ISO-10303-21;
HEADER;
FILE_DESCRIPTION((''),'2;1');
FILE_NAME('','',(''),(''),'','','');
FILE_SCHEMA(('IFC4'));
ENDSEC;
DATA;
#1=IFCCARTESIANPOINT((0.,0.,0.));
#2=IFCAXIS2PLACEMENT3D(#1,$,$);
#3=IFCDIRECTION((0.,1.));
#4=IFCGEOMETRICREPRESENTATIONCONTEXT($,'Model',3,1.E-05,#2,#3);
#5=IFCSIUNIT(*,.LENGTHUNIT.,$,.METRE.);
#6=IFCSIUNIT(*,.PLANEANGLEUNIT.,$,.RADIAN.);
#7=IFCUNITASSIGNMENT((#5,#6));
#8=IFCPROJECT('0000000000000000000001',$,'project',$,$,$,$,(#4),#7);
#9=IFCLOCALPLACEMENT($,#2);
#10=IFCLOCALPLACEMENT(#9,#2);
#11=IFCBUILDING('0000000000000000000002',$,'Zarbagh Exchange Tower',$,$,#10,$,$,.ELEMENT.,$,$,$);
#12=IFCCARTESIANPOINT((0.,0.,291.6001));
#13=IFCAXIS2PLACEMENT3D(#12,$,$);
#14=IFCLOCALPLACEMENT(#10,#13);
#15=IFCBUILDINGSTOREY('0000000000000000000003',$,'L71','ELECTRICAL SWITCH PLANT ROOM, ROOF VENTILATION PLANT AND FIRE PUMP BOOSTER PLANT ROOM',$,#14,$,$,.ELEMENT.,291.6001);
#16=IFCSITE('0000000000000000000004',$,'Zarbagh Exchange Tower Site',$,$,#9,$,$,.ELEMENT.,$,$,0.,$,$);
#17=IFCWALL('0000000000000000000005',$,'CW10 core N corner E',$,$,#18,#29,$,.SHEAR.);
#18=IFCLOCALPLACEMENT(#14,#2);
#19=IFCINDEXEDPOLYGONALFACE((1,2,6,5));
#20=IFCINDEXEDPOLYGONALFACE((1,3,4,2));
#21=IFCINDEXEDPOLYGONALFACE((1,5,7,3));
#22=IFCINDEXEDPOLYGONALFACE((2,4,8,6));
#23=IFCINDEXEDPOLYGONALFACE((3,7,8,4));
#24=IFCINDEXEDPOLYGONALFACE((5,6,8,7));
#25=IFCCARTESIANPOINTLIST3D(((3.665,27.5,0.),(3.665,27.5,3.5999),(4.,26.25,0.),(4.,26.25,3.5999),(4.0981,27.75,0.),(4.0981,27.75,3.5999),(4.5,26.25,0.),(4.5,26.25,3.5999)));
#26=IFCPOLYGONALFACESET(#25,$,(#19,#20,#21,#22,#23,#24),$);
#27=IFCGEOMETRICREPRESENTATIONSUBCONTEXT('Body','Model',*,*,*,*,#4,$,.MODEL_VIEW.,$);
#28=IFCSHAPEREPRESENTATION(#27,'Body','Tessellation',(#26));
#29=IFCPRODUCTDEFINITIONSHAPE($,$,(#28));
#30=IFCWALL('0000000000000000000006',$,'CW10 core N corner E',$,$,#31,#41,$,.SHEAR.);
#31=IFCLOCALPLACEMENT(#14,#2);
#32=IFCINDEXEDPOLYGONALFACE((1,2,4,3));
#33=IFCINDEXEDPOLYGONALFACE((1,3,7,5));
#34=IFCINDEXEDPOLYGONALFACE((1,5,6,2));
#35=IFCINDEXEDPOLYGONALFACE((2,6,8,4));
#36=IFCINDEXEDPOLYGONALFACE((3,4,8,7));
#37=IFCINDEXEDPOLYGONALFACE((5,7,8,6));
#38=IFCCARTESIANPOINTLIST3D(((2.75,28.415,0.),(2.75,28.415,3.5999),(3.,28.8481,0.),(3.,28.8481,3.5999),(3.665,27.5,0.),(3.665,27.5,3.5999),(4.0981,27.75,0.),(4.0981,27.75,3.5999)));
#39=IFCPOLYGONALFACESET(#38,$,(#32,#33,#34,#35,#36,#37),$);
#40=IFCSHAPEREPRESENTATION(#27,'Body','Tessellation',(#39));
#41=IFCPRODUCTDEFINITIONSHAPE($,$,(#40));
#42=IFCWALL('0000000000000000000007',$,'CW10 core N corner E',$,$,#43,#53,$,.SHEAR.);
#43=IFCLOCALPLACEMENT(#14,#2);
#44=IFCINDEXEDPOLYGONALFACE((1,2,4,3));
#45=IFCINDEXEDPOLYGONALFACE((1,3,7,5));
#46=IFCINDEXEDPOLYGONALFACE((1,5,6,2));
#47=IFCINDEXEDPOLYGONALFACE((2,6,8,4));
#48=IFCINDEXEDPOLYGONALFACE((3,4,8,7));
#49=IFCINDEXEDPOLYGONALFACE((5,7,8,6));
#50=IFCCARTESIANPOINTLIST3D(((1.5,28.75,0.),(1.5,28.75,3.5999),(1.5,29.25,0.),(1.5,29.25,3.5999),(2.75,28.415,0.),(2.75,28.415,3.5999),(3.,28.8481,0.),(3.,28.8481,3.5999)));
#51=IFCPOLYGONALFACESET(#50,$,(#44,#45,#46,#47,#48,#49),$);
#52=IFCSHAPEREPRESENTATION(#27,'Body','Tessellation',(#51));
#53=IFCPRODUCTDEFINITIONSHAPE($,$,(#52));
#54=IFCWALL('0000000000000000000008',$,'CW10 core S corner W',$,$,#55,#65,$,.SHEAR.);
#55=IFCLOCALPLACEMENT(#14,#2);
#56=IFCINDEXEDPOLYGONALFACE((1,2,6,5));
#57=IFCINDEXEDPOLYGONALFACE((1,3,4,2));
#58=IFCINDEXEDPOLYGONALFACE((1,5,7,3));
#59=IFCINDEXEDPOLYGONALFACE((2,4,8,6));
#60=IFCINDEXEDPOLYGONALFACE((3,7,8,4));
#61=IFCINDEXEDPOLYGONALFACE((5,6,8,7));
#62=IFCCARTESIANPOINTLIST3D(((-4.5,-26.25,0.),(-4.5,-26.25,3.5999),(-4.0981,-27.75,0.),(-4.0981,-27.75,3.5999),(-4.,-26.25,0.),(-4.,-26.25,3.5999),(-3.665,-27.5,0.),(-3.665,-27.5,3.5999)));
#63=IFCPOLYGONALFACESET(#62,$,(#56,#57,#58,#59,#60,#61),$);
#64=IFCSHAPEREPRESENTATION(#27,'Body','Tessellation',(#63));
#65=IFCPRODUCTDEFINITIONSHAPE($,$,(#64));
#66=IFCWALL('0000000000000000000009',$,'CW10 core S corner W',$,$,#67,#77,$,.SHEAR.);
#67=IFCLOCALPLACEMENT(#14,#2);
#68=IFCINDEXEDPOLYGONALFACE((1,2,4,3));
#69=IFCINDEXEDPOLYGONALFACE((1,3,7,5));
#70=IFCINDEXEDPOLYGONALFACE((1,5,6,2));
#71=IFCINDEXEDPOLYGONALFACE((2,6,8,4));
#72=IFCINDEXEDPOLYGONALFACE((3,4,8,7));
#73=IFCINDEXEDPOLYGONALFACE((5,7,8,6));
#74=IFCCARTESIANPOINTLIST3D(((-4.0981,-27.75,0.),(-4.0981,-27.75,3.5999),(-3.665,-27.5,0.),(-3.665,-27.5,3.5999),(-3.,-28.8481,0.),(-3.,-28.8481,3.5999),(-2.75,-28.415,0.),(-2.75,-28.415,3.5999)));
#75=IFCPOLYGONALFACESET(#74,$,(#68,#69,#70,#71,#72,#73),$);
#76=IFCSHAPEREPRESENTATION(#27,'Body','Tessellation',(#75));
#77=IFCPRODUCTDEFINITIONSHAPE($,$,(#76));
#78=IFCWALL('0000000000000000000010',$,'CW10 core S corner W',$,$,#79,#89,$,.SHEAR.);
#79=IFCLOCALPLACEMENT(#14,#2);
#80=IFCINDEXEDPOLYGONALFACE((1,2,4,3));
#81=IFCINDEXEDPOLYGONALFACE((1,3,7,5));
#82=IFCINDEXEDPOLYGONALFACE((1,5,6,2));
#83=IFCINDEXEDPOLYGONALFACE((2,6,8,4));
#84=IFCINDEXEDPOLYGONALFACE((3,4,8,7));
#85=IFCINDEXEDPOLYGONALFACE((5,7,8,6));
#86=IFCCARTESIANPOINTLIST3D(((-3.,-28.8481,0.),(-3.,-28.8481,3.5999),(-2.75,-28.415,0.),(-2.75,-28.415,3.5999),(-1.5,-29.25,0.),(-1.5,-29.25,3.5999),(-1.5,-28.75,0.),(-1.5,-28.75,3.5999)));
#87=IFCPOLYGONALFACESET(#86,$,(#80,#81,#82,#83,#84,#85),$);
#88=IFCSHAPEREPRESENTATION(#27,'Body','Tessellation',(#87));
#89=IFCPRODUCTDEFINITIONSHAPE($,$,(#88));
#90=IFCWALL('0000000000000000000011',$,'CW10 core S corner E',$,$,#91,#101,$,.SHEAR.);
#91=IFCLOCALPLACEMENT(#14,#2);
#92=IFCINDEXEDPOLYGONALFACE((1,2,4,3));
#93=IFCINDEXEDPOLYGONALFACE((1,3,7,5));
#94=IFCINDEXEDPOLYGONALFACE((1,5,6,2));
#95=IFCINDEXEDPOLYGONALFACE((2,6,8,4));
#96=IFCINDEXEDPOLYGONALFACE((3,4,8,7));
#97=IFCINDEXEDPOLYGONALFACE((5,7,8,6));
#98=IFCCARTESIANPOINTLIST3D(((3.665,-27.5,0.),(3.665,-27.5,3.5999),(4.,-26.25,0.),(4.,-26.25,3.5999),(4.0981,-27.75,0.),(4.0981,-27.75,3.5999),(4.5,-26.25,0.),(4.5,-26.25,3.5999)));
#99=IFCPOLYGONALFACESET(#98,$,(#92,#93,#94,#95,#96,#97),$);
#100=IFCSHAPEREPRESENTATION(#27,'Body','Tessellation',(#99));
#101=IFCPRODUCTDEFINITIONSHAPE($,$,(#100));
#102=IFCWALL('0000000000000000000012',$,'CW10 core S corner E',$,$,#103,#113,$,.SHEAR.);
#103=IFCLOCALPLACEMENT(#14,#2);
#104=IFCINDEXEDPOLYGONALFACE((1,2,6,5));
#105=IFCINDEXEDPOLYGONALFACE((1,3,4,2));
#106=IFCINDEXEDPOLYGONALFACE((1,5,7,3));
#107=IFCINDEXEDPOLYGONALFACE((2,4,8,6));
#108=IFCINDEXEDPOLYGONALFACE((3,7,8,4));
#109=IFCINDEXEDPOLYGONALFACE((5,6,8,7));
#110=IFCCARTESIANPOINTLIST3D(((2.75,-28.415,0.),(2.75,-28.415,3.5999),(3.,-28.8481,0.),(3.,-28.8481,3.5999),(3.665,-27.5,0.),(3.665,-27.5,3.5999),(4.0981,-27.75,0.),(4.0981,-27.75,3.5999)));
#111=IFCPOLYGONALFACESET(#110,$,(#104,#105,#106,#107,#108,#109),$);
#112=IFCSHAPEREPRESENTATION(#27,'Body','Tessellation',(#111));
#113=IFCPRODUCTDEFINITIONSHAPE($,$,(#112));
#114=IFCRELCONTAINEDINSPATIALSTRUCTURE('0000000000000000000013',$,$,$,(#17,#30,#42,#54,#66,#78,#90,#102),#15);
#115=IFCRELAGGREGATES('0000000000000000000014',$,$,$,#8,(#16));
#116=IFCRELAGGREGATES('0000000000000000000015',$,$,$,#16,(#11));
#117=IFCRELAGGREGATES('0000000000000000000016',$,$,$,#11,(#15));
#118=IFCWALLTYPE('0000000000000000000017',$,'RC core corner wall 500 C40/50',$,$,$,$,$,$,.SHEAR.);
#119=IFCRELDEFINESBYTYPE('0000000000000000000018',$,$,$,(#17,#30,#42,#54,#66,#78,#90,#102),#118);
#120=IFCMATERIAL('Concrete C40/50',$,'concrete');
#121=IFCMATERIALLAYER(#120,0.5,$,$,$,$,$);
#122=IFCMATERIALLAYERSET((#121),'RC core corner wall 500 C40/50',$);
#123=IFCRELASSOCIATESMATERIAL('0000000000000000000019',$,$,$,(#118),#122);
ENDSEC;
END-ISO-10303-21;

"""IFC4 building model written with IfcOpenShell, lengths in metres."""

from ifc_helpers import new_model, si_unit, direction, frame, origin, place, context, subcontext, project, spatial, polyline, outline, extrude, material, layer, layer_set, type_object, element, save


model = new_model("IFC4")

# Units and contexts
model_context = context("Model", 3, precision=1e-05, world=origin(), true_north=direction((0.0, 1.0)))
body_context = subcontext(model_context, "Body", "Model", "MODEL_VIEW")
ifc_project = project(units=[si_unit("LENGTHUNIT", "METRE"), si_unit("PLANEANGLEUNIT", "RADIAN")], contexts=[model_context])

# Site, building, storey
site_placement = place(None, origin())
site = spatial("IfcSite", under=ifc_project, at=site_placement, Name="Zarbagh Exchange Tower Site", CompositionType="ELEMENT", RefElevation=0.0)
building_placement = place(site_placement, origin())
building = spatial("IfcBuilding", under=site, at=building_placement, Name="Zarbagh Exchange Tower", CompositionType="ELEMENT")
storey_placement = place(building_placement, frame((0.0, 0.0, 291.6001)))
storey = spatial("IfcBuildingStorey", under=building, at=storey_placement, Name="L71", Description="ELECTRICAL SWITCH PLANT ROOM, ROOF VENTILATION PLANT AND FIRE PUMP BOOSTER PLANT ROOM", CompositionType="ELEMENT", Elevation=291.6001)

# Shared definitions
ifc_material_1 = material(Name="Concrete C40/50", Category="concrete")

# Walls
ifc_layer_1 = layer(ifc_material_1, 0.5)
ifc_layer_set_1 = layer_set([ifc_layer_1], Name="RC core corner wall 500 C40/50")
wall_type_1 = type_object("IfcWallType", Name="RC core corner wall 500 C40/50", PredefinedType="SHEAR", material=ifc_layer_set_1)
wall_1_placement = place(storey_placement, origin())
element("IfcWall", 1, at=wall_1_placement, inside=storey, type_object=wall_type_1, Name="CW10 core N corner E", PredefinedType="SHEAR", context=body_context, shape_type="SweptSolid", body=[
    extrude(outline(polyline([(4.5, 26.25), (4.0981, 27.75), (3.665, 27.5), (4.0, 26.25), (4.5, 26.25)])), origin(), (0.0, 0.0, 1.0), 3.5999),
])
wall_2_placement = place(storey_placement, origin())
element("IfcWall", 2, at=wall_2_placement, inside=storey, type_object=wall_type_1, Name="CW10 core N corner E", PredefinedType="SHEAR", context=body_context, shape_type="SweptSolid", body=[
    extrude(outline(polyline([(4.0981, 27.75), (3.0, 28.8481), (2.75, 28.415), (3.665, 27.5), (4.0981, 27.75)])), origin(), (0.0, 0.0, 1.0), 3.5999),
])
wall_3_placement = place(storey_placement, origin())
element("IfcWall", 3, at=wall_3_placement, inside=storey, type_object=wall_type_1, Name="CW10 core N corner E", PredefinedType="SHEAR", context=body_context, shape_type="SweptSolid", body=[
    extrude(outline(polyline([(3.0, 28.8481), (1.5, 29.25), (1.5, 28.75), (2.75, 28.415), (3.0, 28.8481)])), origin(), (0.0, 0.0, 1.0), 3.5999),
])
wall_4_placement = place(storey_placement, origin())
element("IfcWall", 4, at=wall_4_placement, inside=storey, type_object=wall_type_1, Name="CW10 core S corner W", PredefinedType="SHEAR", context=body_context, shape_type="SweptSolid", body=[
    extrude(outline(polyline([(-4.5, -26.25), (-4.0981, -27.75), (-3.665, -27.5), (-4.0, -26.25), (-4.5, -26.25)])), origin(), (0.0, 0.0, 1.0), 3.5999),
])
wall_5_placement = place(storey_placement, origin())
element("IfcWall", 5, at=wall_5_placement, inside=storey, type_object=wall_type_1, Name="CW10 core S corner W", PredefinedType="SHEAR", context=body_context, shape_type="SweptSolid", body=[
    extrude(outline(polyline([(-4.0981, -27.75), (-3.0, -28.8481), (-2.75, -28.415), (-3.665, -27.5), (-4.0981, -27.75)])), origin(), (0.0, 0.0, 1.0), 3.5999),
])
wall_6_placement = place(storey_placement, origin())
element("IfcWall", 6, at=wall_6_placement, inside=storey, type_object=wall_type_1, Name="CW10 core S corner W", PredefinedType="SHEAR", context=body_context, shape_type="SweptSolid", body=[
    extrude(outline(polyline([(-3.0, -28.8481), (-1.5, -29.25), (-1.5, -28.75), (-2.75, -28.415), (-3.0, -28.8481)])), origin(), (0.0, 0.0, 1.0), 3.5999),
])
wall_7_placement = place(storey_placement, origin())
element("IfcWall", 7, at=wall_7_placement, inside=storey, type_object=wall_type_1, Name="CW10 core S corner E", PredefinedType="SHEAR", context=body_context, shape_type="SweptSolid", body=[
    extrude(outline(polyline([(4.5, -26.25), (4.0981, -27.75), (3.665, -27.5), (4.0, -26.25), (4.5, -26.25)])), origin(), (0.0, 0.0, 1.0), 3.5999),
])
wall_8_placement = place(storey_placement, origin())
element("IfcWall", 8, at=wall_8_placement, inside=storey, type_object=wall_type_1, Name="CW10 core S corner E", PredefinedType="SHEAR", context=body_context, shape_type="SweptSolid", body=[
    extrude(outline(polyline([(4.0981, -27.75), (3.0, -28.8481), (2.75, -28.415), (3.665, -27.5), (4.0981, -27.75)])), origin(), (0.0, 0.0, 1.0), 3.5999),
])

save(model, "model.ifc")
